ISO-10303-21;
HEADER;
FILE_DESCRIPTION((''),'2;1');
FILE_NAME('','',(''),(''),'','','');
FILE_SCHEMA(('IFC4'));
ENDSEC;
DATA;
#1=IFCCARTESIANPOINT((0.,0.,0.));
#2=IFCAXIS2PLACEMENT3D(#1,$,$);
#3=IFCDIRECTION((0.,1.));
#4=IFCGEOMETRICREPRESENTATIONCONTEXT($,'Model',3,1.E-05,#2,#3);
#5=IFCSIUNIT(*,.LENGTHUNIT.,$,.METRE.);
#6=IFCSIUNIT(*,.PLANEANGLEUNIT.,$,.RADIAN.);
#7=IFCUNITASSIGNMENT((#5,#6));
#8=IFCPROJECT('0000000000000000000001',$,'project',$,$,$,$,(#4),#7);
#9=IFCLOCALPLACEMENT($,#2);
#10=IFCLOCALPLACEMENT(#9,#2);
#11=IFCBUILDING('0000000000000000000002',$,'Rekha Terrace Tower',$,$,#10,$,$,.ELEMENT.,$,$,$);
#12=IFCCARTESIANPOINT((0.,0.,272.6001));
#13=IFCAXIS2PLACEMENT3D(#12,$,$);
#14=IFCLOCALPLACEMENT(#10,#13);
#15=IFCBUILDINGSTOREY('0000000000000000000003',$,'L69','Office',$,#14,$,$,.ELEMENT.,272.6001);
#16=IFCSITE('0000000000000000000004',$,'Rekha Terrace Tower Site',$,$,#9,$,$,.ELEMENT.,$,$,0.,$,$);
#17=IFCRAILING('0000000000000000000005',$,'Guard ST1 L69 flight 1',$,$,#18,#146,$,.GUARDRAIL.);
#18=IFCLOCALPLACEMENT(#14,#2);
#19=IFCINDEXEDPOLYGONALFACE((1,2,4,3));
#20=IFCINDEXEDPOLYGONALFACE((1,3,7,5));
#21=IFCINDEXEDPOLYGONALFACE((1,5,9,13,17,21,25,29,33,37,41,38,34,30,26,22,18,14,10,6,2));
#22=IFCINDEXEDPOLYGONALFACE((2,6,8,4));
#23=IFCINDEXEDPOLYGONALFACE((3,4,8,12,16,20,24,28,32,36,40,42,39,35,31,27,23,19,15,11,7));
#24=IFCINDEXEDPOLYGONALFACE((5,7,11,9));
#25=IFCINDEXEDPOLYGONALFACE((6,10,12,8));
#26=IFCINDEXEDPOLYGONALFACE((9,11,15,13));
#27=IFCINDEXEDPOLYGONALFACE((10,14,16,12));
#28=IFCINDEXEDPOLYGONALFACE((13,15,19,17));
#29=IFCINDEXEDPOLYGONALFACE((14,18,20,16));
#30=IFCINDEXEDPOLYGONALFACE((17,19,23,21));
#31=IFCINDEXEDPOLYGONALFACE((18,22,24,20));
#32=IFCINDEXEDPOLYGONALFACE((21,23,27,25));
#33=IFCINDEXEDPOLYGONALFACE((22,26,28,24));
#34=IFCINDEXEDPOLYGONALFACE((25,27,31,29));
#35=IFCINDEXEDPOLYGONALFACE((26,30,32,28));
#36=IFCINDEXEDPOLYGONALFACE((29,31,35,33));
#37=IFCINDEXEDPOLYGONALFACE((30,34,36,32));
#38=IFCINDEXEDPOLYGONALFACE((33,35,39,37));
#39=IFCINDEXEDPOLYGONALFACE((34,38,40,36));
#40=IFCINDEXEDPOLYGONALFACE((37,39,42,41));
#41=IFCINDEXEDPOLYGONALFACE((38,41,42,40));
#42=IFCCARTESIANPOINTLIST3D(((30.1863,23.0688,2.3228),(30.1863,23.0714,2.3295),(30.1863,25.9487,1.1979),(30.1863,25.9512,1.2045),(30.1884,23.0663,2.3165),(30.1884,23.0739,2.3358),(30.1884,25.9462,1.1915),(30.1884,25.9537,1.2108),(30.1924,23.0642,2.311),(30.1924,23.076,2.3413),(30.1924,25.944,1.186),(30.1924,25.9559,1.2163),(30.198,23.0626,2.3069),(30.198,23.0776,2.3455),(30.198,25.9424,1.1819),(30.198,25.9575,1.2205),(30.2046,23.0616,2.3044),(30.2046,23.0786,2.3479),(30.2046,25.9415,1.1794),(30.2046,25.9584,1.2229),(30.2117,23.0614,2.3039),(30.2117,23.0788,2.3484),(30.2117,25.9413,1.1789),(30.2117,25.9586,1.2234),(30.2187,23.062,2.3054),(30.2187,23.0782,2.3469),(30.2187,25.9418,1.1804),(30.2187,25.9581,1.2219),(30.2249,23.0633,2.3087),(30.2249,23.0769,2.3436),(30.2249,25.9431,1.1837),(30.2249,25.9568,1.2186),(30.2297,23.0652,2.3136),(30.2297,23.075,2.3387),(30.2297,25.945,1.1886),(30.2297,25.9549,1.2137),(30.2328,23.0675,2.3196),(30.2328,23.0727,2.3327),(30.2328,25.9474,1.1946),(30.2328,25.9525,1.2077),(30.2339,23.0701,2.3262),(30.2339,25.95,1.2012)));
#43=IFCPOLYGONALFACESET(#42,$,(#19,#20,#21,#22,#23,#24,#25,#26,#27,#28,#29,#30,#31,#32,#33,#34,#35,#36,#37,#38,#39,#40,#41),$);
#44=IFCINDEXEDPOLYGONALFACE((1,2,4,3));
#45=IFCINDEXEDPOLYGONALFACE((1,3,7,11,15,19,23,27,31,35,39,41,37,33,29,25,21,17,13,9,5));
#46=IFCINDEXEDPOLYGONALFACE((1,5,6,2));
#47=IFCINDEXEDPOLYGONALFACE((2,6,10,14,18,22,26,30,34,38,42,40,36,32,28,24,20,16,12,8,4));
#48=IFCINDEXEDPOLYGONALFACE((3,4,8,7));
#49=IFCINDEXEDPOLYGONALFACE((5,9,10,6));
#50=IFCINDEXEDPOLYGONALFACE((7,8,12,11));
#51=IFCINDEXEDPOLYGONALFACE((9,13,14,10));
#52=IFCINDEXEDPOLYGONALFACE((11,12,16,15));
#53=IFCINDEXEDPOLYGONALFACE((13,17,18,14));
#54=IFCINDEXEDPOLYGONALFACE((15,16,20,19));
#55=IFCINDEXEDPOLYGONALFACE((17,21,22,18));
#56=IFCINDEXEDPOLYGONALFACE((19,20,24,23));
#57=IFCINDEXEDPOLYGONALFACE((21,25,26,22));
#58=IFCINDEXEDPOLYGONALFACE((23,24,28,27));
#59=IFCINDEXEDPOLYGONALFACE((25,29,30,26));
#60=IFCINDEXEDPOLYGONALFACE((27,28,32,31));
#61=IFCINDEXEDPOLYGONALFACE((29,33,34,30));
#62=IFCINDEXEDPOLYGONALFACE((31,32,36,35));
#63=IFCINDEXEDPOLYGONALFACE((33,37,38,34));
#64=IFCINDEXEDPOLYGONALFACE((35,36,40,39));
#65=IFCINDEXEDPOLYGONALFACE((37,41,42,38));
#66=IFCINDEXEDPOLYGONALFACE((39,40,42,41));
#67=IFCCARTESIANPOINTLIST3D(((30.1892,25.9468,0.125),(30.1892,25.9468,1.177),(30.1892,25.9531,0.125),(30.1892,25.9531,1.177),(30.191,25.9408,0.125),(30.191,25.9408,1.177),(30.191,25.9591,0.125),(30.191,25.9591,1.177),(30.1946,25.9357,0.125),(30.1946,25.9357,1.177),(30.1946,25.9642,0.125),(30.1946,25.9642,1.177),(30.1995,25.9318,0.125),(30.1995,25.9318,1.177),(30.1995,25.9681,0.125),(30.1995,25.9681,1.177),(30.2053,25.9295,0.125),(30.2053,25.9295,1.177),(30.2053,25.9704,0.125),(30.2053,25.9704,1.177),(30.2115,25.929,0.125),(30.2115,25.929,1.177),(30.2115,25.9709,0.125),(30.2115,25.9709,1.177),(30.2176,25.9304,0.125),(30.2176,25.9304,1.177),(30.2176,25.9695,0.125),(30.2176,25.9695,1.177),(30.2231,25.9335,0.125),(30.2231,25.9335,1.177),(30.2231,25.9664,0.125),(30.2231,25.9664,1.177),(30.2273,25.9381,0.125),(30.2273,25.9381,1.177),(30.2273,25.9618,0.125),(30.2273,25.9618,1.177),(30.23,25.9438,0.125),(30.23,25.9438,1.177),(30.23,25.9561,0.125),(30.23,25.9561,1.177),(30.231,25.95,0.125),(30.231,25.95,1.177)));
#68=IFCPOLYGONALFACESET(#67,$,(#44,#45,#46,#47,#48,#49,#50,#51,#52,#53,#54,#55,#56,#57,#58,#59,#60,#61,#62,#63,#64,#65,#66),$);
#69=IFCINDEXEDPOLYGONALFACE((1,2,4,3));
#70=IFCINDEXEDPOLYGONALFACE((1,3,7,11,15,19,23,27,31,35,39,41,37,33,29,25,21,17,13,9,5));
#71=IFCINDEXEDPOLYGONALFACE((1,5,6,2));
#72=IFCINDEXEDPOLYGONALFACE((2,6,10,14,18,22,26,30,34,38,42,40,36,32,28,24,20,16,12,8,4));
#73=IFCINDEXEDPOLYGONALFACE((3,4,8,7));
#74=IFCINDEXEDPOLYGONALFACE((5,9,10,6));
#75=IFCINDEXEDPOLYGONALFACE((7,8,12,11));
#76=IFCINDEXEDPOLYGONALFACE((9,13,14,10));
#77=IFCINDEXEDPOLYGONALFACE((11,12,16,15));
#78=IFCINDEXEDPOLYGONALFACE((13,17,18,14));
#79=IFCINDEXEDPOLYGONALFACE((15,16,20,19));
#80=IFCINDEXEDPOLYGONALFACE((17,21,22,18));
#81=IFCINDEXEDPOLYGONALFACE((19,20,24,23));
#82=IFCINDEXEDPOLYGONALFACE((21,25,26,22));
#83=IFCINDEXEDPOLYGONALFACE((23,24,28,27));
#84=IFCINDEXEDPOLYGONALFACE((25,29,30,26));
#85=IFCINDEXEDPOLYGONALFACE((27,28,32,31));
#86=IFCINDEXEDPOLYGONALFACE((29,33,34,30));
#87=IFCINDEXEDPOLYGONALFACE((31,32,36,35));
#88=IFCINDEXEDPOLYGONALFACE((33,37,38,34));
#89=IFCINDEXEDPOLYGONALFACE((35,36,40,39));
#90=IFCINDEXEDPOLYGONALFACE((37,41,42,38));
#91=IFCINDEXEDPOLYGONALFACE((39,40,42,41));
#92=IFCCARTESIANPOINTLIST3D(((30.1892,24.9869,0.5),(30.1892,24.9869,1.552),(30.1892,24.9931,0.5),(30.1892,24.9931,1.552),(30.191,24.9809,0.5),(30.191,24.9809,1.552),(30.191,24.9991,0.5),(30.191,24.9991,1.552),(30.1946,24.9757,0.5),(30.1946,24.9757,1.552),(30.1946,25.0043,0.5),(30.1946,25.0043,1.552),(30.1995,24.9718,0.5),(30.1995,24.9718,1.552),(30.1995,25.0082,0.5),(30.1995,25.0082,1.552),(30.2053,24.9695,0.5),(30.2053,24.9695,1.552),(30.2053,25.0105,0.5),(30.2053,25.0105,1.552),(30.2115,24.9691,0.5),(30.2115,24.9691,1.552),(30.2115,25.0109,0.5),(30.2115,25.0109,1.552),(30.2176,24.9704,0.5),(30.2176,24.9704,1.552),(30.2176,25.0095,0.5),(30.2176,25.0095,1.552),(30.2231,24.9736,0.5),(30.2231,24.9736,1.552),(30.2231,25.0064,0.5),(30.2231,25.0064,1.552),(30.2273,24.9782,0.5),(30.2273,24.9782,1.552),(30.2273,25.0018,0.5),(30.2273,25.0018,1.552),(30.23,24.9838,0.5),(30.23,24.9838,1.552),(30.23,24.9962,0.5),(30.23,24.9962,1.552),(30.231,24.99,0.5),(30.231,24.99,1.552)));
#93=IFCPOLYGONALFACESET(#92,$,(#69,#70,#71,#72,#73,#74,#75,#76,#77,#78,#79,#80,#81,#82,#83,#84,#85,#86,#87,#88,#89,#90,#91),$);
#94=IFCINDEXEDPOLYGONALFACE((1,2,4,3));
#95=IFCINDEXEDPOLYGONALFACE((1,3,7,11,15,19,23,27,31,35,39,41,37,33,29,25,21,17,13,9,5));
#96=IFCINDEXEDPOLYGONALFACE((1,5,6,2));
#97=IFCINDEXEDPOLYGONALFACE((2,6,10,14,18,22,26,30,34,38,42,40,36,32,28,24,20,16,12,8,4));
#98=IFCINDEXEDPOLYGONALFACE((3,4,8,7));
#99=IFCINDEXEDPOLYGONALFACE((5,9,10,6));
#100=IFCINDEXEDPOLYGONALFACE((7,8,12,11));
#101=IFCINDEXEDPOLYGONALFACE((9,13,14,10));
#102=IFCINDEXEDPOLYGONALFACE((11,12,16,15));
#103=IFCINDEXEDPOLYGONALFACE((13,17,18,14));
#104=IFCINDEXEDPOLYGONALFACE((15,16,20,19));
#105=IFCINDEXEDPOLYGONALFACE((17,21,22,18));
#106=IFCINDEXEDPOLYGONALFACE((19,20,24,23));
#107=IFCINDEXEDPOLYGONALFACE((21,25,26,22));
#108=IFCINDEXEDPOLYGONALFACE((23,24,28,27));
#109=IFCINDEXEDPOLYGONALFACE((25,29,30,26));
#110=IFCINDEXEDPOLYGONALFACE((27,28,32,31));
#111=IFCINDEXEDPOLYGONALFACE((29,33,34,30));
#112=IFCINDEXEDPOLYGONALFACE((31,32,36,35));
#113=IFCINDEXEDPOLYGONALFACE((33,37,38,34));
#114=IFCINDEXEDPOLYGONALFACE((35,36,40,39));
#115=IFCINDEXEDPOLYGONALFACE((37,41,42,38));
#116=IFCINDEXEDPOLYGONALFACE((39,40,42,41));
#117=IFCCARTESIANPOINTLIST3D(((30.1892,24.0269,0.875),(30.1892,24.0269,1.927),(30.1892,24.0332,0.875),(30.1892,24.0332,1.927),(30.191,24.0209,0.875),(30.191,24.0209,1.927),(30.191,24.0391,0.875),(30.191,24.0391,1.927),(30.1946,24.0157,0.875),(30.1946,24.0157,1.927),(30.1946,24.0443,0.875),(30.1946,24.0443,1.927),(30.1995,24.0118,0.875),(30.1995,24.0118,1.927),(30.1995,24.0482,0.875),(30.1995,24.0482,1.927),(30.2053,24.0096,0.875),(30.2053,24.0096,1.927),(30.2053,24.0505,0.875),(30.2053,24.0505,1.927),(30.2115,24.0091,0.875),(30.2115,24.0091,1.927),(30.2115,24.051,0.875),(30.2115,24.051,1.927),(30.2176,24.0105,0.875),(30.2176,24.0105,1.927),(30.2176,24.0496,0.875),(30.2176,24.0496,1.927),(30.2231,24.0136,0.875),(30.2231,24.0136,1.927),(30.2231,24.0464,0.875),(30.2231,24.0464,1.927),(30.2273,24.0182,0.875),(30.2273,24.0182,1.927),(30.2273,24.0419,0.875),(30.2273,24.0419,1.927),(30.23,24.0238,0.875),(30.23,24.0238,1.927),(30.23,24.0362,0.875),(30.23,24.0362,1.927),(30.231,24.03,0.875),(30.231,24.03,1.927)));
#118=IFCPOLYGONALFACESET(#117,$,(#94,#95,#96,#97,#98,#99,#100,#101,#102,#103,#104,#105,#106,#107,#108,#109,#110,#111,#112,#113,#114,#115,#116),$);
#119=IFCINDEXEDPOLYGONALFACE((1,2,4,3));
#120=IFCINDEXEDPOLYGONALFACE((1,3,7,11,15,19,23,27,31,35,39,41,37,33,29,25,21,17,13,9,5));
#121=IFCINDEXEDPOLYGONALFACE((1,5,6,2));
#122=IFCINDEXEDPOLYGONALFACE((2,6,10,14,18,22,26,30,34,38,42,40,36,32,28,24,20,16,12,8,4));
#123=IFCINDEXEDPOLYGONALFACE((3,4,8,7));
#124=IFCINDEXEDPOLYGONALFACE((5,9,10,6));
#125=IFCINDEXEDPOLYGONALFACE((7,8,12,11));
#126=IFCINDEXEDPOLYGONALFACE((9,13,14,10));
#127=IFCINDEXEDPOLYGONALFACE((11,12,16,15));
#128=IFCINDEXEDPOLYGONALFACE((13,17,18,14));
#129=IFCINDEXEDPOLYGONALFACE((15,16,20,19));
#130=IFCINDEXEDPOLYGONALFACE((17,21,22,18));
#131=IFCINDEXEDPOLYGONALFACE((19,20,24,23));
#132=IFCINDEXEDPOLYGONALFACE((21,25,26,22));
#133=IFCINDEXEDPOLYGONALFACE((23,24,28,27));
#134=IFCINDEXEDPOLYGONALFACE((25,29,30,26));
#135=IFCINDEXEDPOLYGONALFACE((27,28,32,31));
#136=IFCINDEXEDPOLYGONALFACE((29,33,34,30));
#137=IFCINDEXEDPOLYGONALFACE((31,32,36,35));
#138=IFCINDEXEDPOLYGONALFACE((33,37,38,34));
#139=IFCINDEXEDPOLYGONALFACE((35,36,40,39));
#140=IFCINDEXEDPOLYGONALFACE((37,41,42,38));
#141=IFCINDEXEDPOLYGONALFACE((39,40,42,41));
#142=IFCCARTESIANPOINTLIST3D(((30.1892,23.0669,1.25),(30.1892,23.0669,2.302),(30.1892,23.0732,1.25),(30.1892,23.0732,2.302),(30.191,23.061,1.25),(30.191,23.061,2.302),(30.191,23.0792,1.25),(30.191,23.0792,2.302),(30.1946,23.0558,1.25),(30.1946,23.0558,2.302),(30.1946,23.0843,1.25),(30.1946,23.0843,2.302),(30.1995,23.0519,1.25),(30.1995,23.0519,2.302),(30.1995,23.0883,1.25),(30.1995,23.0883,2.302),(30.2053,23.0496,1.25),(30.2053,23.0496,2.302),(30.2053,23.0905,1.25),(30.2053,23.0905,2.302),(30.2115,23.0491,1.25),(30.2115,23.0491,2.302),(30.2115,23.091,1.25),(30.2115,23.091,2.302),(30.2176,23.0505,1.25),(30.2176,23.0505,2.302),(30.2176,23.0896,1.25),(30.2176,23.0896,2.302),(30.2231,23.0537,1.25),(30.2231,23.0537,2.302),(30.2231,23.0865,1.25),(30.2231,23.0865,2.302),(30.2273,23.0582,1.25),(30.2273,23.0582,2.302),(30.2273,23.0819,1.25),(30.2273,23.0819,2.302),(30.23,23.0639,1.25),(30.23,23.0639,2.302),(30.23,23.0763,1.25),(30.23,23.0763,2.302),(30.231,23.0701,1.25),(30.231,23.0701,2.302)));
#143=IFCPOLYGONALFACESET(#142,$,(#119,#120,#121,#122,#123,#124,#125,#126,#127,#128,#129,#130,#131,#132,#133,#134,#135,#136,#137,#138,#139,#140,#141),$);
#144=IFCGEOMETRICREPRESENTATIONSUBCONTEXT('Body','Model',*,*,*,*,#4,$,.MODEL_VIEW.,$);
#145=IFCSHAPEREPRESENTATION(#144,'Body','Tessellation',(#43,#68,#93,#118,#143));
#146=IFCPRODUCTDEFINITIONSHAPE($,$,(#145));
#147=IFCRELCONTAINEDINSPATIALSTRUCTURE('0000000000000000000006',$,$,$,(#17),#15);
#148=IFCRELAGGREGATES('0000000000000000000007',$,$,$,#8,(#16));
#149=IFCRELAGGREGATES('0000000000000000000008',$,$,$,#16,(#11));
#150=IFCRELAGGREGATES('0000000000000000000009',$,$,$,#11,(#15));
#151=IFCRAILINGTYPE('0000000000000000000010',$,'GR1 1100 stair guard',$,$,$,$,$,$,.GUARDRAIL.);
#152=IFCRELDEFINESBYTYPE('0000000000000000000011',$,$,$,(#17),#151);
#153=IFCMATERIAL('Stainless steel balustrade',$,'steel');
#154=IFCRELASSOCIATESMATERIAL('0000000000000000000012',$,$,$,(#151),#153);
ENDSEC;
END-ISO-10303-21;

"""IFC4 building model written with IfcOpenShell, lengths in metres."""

from ifc_helpers import new_model, si_unit, direction, frame, origin, origin_2d, place, context, subcontext, project, spatial, circle, extrude, material, type_object, element, save


model = new_model("IFC4")

# Units and contexts
model_context = context("Model", 3, precision=1e-05, world=origin(), true_north=direction((0.0, 1.0)))
body_context = subcontext(model_context, "Body", "Model", "MODEL_VIEW")
ifc_project = project(units=[si_unit("LENGTHUNIT", "METRE"), si_unit("PLANEANGLEUNIT", "RADIAN")], contexts=[model_context])

# Site, building, storey
site_placement = place(None, origin())
site = spatial("IfcSite", under=ifc_project, at=site_placement, Name="Rekha Terrace Tower Site", CompositionType="ELEMENT", RefElevation=0.0)
building_placement = place(site_placement, origin())
building = spatial("IfcBuilding", under=site, at=building_placement, Name="Rekha Terrace Tower", CompositionType="ELEMENT")
storey_placement = place(building_placement, frame((0.0, 0.0, 272.6001)))
storey = spatial("IfcBuildingStorey", under=building, at=storey_placement, Name="L69", Description="Office", CompositionType="ELEMENT", Elevation=272.6001)

# Railing
ifc_material_1 = material(Name="Stainless steel balustrade", Category="steel")
railing_type_1 = type_object("IfcRailingType", Name="GR1 1100 stair guard", PredefinedType="GUARDRAIL", material=ifc_material_1)
railing_1_placement = place(storey_placement, frame((30.21, 25.95, 0.125)))
element("IfcRailing", 1, at=railing_1_placement, inside=storey, type_object=railing_type_1, Name="Guard ST1 L69 flight 1", PredefinedType="GUARDRAIL", context=body_context, shape_type="SweptSolid", body=[
    extrude(circle(Radius=0.0239, at=origin_2d()), frame((0.0, 0.0, 1.0762), z_axis=(0.0, -0.931452, 0.363863), x_axis=(1.0, 0.0, 0.0)), (0.0, 0.0, 1.0), 3.0918),
    extrude(circle(Radius=0.021, at=origin_2d()), origin(), (0.0, 0.0, 1.0), 1.052),
    extrude(circle(Radius=0.021, at=origin_2d()), frame((0.0, -0.96, 0.375)), (0.0, 0.0, 1.0), 1.052),
    extrude(circle(Radius=0.021, at=origin_2d()), frame((0.0, -1.9199, 0.75)), (0.0, 0.0, 1.0), 1.052),
    extrude(circle(Radius=0.021, at=origin_2d()), frame((0.0, -2.8799, 1.125)), (0.0, 0.0, 1.0), 1.052),
])

save(model, "model.ifc")
